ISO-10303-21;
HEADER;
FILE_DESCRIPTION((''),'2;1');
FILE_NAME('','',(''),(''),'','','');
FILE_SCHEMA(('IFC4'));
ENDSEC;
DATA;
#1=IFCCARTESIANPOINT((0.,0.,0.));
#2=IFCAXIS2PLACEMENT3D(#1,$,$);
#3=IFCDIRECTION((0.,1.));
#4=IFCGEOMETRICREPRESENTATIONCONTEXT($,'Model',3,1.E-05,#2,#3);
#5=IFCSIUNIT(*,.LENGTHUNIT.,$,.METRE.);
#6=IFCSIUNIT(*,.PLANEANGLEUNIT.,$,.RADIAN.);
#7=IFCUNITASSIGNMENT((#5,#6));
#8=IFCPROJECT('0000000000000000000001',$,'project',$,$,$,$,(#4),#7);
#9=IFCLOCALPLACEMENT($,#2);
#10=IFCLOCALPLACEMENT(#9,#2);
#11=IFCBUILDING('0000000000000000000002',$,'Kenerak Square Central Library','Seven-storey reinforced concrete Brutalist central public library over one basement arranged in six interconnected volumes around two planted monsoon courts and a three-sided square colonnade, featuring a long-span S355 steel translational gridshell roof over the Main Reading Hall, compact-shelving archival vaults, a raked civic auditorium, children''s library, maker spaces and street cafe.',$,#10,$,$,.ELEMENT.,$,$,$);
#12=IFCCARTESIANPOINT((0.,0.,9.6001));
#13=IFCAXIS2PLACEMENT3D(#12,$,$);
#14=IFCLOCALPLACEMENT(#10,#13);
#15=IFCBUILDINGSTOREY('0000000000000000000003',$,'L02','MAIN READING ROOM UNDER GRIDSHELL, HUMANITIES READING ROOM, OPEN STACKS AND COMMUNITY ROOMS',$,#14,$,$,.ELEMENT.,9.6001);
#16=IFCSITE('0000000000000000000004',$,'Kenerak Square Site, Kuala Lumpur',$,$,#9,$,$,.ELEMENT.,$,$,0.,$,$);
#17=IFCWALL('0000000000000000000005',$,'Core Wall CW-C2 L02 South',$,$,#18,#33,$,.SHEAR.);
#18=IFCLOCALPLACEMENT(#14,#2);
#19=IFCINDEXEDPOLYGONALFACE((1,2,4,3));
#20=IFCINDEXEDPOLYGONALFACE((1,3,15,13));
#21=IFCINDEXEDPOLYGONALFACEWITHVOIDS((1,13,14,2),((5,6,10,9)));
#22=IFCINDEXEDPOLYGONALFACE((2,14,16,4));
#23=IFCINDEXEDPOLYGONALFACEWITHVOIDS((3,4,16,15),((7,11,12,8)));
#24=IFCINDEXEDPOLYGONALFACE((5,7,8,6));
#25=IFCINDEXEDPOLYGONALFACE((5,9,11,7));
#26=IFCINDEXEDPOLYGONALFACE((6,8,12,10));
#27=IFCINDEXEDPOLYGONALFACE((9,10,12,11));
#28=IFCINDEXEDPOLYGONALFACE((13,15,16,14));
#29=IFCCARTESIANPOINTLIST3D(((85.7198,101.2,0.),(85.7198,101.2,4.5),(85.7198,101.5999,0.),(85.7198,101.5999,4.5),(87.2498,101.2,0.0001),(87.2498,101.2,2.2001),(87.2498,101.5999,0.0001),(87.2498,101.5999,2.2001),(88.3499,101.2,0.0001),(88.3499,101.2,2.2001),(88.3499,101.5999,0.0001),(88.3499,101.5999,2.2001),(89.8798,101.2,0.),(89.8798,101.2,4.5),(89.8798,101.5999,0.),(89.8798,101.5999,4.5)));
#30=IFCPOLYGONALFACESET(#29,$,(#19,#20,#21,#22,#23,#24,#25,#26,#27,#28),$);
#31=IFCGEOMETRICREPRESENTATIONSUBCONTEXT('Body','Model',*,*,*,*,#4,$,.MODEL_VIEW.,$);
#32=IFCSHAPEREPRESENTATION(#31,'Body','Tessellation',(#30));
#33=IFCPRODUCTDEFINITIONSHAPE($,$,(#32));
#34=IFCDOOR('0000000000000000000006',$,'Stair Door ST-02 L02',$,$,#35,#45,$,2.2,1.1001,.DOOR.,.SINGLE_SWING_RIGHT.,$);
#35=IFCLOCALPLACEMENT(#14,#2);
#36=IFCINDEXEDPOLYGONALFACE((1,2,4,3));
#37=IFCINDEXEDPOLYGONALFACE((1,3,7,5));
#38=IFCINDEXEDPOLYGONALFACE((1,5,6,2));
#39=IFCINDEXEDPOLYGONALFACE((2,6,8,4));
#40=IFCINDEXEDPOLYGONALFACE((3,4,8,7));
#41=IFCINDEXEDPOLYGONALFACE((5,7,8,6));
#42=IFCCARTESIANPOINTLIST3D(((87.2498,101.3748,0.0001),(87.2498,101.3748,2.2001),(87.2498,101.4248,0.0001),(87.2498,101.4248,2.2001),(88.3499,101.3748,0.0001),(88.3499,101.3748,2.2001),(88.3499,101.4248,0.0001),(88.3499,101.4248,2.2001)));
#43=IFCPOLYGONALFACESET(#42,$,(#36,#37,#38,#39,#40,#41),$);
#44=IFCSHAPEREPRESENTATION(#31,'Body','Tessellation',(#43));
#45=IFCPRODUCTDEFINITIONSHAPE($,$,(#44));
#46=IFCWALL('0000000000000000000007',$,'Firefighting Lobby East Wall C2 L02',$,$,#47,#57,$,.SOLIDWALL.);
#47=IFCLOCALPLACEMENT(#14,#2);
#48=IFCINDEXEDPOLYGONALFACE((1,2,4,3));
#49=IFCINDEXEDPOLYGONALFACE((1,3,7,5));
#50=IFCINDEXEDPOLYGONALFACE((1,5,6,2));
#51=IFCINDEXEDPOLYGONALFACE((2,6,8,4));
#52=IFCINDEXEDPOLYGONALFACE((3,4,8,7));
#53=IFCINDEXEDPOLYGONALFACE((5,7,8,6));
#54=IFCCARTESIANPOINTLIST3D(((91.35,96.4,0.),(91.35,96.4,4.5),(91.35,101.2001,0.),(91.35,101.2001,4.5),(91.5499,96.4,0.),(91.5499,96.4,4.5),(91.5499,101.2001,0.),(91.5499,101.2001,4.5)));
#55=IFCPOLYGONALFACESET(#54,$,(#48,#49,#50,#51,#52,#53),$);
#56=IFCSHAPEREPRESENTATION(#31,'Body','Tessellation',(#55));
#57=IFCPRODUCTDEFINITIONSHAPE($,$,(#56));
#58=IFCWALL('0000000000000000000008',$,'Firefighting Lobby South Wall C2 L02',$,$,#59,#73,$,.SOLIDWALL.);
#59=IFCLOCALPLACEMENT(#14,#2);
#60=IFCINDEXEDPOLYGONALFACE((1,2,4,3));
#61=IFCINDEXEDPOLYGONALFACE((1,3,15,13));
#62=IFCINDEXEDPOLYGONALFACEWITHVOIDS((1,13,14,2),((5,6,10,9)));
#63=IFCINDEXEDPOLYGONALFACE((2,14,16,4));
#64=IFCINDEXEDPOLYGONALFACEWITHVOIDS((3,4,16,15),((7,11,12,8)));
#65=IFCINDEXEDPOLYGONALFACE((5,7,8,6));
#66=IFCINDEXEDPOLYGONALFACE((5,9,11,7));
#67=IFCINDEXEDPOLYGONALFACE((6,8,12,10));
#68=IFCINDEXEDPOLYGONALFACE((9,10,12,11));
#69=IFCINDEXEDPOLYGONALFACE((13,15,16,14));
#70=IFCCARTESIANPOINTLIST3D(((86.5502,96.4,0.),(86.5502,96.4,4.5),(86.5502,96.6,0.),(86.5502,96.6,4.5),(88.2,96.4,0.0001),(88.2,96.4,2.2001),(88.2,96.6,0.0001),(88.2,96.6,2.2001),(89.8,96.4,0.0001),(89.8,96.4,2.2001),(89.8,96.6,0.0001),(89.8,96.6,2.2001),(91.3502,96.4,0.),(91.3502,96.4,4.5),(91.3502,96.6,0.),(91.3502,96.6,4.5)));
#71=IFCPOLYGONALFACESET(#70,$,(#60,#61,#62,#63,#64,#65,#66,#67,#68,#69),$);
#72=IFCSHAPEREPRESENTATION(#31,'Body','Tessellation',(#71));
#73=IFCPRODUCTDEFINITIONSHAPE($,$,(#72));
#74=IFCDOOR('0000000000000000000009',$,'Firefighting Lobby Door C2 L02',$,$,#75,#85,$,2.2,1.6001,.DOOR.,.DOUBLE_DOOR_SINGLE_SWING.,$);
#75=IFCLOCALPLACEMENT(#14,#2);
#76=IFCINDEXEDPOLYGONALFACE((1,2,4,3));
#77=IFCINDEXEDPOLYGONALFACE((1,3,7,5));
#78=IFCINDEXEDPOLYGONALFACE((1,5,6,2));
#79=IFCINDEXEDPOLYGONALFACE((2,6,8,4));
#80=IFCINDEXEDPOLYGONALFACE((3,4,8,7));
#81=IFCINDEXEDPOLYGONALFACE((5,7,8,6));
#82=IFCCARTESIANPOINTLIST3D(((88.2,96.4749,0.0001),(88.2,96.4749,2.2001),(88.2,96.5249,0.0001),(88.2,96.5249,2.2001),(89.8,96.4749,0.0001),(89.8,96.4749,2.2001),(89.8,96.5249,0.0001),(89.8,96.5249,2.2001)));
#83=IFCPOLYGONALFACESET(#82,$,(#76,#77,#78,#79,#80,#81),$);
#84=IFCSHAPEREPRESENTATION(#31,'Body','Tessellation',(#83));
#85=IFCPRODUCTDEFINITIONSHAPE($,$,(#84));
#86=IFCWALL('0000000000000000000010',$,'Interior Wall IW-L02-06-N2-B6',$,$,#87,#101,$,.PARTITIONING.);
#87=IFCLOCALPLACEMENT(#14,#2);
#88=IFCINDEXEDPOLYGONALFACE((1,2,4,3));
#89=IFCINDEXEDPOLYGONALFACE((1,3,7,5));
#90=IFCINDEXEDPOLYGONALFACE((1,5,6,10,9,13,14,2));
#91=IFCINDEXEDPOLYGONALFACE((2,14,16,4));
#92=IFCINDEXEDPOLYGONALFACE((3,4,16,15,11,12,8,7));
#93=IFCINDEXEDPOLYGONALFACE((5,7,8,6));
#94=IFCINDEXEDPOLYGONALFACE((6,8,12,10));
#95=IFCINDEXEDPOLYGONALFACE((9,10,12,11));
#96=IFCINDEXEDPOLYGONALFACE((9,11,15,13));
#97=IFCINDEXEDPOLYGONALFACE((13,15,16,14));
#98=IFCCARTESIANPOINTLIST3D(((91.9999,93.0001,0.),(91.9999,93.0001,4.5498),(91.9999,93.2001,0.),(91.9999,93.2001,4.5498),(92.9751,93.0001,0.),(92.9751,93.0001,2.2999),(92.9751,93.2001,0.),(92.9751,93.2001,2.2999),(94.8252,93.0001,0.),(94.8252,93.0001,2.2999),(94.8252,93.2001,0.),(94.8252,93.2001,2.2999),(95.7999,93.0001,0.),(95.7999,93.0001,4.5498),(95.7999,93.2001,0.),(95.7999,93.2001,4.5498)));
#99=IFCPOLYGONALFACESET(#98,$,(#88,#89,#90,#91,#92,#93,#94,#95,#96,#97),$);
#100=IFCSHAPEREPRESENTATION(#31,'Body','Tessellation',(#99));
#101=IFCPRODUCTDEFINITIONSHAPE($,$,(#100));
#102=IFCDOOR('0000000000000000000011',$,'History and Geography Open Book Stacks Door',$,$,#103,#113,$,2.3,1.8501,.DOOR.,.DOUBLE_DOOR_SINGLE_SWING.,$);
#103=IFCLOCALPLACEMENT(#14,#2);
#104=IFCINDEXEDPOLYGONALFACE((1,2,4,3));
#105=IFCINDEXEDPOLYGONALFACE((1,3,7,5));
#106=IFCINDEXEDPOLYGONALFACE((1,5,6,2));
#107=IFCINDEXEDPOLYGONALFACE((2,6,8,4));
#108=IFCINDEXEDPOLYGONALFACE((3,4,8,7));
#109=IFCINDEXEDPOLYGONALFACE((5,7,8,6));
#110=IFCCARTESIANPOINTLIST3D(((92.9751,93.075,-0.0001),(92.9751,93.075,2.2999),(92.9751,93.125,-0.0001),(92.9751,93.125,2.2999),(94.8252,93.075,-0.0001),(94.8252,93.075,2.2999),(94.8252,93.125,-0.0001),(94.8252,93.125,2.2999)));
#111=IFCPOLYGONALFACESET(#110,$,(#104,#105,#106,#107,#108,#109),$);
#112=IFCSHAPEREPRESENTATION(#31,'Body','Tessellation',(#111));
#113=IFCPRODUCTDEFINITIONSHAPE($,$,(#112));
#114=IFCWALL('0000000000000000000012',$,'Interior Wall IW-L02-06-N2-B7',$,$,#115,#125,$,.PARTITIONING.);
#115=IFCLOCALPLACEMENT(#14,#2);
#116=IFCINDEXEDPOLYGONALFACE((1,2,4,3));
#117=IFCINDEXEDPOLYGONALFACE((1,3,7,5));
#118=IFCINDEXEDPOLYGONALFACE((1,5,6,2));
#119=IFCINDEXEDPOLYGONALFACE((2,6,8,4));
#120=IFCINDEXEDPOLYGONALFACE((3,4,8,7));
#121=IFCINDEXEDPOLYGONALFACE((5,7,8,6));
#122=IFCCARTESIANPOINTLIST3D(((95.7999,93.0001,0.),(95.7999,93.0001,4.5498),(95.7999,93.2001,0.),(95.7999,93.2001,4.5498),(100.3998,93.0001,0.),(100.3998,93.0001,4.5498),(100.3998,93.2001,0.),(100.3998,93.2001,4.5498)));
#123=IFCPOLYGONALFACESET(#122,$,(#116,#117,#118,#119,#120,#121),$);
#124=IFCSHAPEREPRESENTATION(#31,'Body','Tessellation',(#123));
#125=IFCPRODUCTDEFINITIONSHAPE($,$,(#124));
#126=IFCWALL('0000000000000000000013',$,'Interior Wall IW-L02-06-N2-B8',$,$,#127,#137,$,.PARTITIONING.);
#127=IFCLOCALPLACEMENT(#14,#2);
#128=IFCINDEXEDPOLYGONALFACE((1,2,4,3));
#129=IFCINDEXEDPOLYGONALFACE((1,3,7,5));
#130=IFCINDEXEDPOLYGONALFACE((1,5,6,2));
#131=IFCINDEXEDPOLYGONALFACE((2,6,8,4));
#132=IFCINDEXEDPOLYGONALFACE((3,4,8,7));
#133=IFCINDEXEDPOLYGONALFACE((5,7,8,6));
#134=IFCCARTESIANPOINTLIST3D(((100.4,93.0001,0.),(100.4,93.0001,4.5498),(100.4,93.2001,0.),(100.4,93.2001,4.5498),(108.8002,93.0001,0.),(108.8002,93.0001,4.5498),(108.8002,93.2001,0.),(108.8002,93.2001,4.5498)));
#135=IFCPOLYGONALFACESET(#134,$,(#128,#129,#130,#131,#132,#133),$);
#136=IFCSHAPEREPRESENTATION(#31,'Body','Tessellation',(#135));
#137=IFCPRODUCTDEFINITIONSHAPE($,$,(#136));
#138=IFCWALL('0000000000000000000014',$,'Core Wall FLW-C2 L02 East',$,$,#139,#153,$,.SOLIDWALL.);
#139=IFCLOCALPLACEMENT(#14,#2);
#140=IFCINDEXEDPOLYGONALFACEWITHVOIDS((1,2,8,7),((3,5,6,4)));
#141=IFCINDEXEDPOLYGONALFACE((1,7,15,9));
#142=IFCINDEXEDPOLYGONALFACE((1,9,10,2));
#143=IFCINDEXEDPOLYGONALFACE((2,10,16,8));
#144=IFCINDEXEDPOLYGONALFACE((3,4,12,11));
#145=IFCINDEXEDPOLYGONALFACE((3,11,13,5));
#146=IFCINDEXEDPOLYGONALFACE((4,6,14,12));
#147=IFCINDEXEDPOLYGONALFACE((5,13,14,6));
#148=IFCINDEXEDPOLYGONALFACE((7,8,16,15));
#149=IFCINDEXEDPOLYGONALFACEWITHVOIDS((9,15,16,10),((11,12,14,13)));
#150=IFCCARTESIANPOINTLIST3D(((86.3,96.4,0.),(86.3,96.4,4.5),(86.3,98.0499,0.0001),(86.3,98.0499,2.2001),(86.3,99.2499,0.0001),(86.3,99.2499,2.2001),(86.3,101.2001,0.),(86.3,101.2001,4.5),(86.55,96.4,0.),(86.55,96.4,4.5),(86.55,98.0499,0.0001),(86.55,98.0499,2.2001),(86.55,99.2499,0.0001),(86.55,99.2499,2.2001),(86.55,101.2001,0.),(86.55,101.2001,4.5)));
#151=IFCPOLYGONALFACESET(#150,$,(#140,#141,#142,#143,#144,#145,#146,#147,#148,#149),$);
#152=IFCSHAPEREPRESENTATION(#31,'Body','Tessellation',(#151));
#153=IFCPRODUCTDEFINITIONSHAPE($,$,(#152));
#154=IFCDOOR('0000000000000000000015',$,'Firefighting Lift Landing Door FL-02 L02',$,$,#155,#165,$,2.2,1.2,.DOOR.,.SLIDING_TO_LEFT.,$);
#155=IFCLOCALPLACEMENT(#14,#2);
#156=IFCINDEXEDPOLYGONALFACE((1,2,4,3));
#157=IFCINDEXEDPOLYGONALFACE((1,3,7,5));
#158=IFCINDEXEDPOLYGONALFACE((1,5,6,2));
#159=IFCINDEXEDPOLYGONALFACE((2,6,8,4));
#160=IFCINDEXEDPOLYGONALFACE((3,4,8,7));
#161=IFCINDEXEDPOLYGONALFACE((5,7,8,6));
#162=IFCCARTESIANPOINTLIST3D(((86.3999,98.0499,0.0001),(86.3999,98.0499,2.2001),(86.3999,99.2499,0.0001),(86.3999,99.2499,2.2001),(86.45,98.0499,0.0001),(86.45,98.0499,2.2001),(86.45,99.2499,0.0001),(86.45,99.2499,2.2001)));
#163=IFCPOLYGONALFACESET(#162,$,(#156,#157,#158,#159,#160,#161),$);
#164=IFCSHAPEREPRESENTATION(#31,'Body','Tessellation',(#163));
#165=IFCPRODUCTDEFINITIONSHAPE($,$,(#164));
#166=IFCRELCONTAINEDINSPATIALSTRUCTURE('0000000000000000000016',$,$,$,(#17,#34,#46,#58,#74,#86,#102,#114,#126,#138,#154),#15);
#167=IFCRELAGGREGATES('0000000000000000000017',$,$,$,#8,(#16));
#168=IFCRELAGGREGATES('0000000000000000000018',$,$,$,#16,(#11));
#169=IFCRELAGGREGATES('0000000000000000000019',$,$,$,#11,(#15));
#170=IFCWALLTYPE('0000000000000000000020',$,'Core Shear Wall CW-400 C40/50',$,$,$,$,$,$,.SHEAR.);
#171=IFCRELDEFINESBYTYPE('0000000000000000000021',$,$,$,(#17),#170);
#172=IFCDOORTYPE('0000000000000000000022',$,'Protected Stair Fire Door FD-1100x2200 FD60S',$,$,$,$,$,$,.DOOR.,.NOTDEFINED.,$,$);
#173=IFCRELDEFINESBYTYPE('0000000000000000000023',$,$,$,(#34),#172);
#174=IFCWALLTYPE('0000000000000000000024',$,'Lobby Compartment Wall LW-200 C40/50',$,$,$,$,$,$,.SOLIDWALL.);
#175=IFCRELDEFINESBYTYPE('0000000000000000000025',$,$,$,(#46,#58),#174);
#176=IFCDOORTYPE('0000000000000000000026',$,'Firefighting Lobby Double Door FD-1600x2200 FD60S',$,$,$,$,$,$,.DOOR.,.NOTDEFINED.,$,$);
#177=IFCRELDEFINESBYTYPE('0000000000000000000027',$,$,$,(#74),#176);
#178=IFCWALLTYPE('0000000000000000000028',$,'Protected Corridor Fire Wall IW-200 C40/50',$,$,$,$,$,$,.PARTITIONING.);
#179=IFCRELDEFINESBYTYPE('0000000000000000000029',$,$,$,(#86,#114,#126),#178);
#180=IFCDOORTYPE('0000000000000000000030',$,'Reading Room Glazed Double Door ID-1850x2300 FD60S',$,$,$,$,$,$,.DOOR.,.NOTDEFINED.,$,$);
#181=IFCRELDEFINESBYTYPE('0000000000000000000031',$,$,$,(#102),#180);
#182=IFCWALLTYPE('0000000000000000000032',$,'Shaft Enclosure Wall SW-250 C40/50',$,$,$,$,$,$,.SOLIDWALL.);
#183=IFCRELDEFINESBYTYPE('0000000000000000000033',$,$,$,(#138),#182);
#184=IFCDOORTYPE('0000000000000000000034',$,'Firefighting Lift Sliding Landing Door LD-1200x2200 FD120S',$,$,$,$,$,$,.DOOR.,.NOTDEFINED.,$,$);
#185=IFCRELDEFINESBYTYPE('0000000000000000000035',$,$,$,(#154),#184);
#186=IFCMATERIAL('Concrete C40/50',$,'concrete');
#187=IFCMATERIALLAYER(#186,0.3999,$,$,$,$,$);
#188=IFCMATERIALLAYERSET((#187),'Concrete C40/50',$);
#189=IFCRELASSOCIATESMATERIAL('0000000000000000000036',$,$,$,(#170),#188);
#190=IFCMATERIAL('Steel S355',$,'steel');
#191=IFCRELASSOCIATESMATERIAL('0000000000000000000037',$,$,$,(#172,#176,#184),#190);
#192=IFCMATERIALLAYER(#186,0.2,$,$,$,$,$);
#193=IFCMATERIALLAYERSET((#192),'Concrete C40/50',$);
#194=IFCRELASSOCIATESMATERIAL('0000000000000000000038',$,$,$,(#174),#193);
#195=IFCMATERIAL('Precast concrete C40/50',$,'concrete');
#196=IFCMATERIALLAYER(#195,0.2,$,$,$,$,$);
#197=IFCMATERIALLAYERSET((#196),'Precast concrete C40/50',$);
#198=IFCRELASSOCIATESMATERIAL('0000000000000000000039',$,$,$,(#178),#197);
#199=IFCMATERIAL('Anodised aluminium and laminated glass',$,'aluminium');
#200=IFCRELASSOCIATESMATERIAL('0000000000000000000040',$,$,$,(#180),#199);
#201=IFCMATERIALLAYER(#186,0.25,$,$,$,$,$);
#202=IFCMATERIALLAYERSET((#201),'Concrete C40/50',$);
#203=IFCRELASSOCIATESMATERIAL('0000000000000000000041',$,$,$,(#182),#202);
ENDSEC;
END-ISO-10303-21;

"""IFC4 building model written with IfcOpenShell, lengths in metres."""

from ifc_helpers import new_model, si_unit, direction, frame, frame_2d, origin, place, context, subcontext, project, spatial, rectangle, extrude, material, layer, layer_set, type_object, element, fill, save


model = new_model("IFC4")

# Units and contexts
model_context = context("Model", 3, precision=1e-05, world=origin(), true_north=direction((0.0, 1.0)))
body_context = subcontext(model_context, "Body", "Model", "MODEL_VIEW")
ifc_project = project(units=[si_unit("LENGTHUNIT", "METRE"), si_unit("PLANEANGLEUNIT", "RADIAN")], contexts=[model_context])

# Site, building, storey
site_placement = place(None, origin())
site = spatial("IfcSite", under=ifc_project, at=site_placement, Name="Kenerak Square Site, Kuala Lumpur", CompositionType="ELEMENT", RefElevation=0.0)
building_placement = place(site_placement, origin())
building = spatial("IfcBuilding", under=site, at=building_placement, Name="Kenerak Square Central Library", Description="Seven-storey reinforced concrete Brutalist central public library over one basement arranged in six interconnected volumes around two planted monsoon courts and a three-sided square colonnade, featuring a long-span S355 steel translational gridshell roof over the Main Reading Hall, compact-shelving archival vaults, a raked civic auditorium, children's library, maker spaces and street cafe.", CompositionType="ELEMENT")
storey_placement = place(building_placement, frame((0.0, 0.0, 9.6001)))
storey = spatial("IfcBuildingStorey", under=building, at=storey_placement, Name="L02", Description="MAIN READING ROOM UNDER GRIDSHELL, HUMANITIES READING ROOM, OPEN STACKS AND COMMUNITY ROOMS", CompositionType="ELEMENT", Elevation=9.6001)

# Shared definitions
ifc_material_1 = material(Name="Concrete C40/50", Category="concrete")

# Wall, opening, door
ifc_layer_1 = layer(ifc_material_1, 0.3999)
ifc_layer_set_1 = layer_set([ifc_layer_1], Name="Concrete C40/50")
wall_type_1 = type_object("IfcWallType", Name="Core Shear Wall CW-400 C40/50", PredefinedType="SHEAR", material=ifc_layer_set_1)
wall_1_placement = place(storey_placement, frame((89.8799, 101.3999, 0.0), z_axis=(0.0, 0.0, 1.0), x_axis=(-1.0, 0.0, 0.0)))
wall_1 = element("IfcWall", 1, at=wall_1_placement, inside=storey, type_object=wall_type_1, Name="Core Wall CW-C2 L02 South", PredefinedType="SHEAR", context=body_context, shape_type="SweptSolid", body=[
    extrude(rectangle(XDim=4.1599, YDim=0.3999, at=frame_2d((2.0801, 0.0))), origin(), (0.0, 0.0, 1.0), 4.5),
])
opening_1_placement = place(wall_1_placement, frame((1.53, 0.0, 0.0)))
opening_1 = element("IfcOpeningElement", 2, at=opening_1_placement, cuts=wall_1, PredefinedType="OPENING", context=body_context, shape_type="SweptSolid", body=[
    extrude(rectangle(XDim=1.1001, YDim=2.2, at=frame_2d((0.55, 1.1001))), frame((0.0, 0.21, 0.0), z_axis=(0.0, -1.0, 0.0), x_axis=(1.0, 0.0, 0.0)), (0.0, 0.0, 1.0), 0.4199),
])
ifc_material_2 = material(Name="Steel S355", Category="steel")
door_type_1 = type_object("IfcDoorType", Name="Protected Stair Fire Door FD-1100x2200 FD60S", OperationType="NOTDEFINED", PredefinedType="DOOR", material=ifc_material_2)
door_1_placement = place(opening_1_placement, frame((1.1001, 0.0, 0.0), z_axis=(0.0, 0.0, 1.0), x_axis=(-1.0, 0.0, 0.0)))
door_1 = element("IfcDoor", 3, at=door_1_placement, inside=storey, type_object=door_type_1, Name="Stair Door ST-02 L02", OperationType="SINGLE_SWING_RIGHT", OverallHeight=2.2, OverallWidth=1.1001, PredefinedType="DOOR", context=body_context, shape_type="SweptSolid", body=[
    extrude(rectangle(XDim=1.1001, YDim=2.2, at=frame_2d((0.55, 1.1001))), frame((0.0, 0.0249, 0.0), z_axis=(0.0, -1.0, 0.0), x_axis=(1.0, 0.0, 0.0)), (0.0, 0.0, 1.0), 0.05),
])
fill(opening_1, door_1)

# Wall
ifc_layer_2 = layer(ifc_material_1, 0.2)
ifc_layer_set_2 = layer_set([ifc_layer_2], Name="Concrete C40/50")
wall_type_2 = type_object("IfcWallType", Name="Lobby Compartment Wall LW-200 C40/50", PredefinedType="SOLIDWALL", material=ifc_layer_set_2)
wall_2_placement = place(storey_placement, frame((91.45, 101.2, 0.0), z_axis=(0.0, 0.0, 1.0), x_axis=(0.0, -1.0, 0.0)))
element("IfcWall", 4, at=wall_2_placement, inside=storey, type_object=wall_type_2, Name="Firefighting Lobby East Wall C2 L02", PredefinedType="SOLIDWALL", context=body_context, shape_type="SweptSolid", body=[
    extrude(rectangle(XDim=4.8, YDim=0.2, at=frame_2d((2.3999, 0.0))), origin(), (0.0, 0.0, 1.0), 4.5),
])

# Walls, openings, doors
wall_3_placement = place(storey_placement, frame((91.3501, 96.5, 0.0), z_axis=(0.0, 0.0, 1.0), x_axis=(-1.0, 0.0, 0.0)))
wall_3 = element("IfcWall", 5, at=wall_3_placement, inside=storey, type_object=wall_type_2, Name="Firefighting Lobby South Wall C2 L02", PredefinedType="SOLIDWALL", context=body_context, shape_type="SweptSolid", body=[
    extrude(rectangle(XDim=4.8, YDim=0.2, at=frame_2d((2.3999, 0.0))), origin(), (0.0, 0.0, 1.0), 4.5),
])
opening_2_placement = place(wall_3_placement, frame((1.55, 0.0, 0.0)))
opening_2 = element("IfcOpeningElement", 6, at=opening_2_placement, cuts=wall_3, PredefinedType="OPENING", context=body_context, shape_type="SweptSolid", body=[
    extrude(rectangle(XDim=1.6001, YDim=2.2, at=frame_2d((0.8, 1.1001))), frame((0.0, 0.1099, 0.0), z_axis=(0.0, -1.0, 0.0), x_axis=(1.0, 0.0, 0.0)), (0.0, 0.0, 1.0), 0.22),
])
door_type_2 = type_object("IfcDoorType", Name="Firefighting Lobby Double Door FD-1600x2200 FD60S", OperationType="NOTDEFINED", PredefinedType="DOOR", material=ifc_material_2)
door_2_placement = place(opening_2_placement, frame((1.6001, 0.0, 0.0), z_axis=(0.0, 0.0, 1.0), x_axis=(-1.0, 0.0, 0.0)))
door_2 = element("IfcDoor", 7, at=door_2_placement, inside=storey, type_object=door_type_2, Name="Firefighting Lobby Door C2 L02", OperationType="DOUBLE_DOOR_SINGLE_SWING", OverallHeight=2.2, OverallWidth=1.6001, PredefinedType="DOOR", context=body_context, shape_type="SweptSolid", body=[
    extrude(rectangle(XDim=1.6001, YDim=2.2, at=frame_2d((0.8, 1.1001))), frame((0.0, 0.0249, 0.0), z_axis=(0.0, -1.0, 0.0), x_axis=(1.0, 0.0, 0.0)), (0.0, 0.0, 1.0), 0.05),
])
fill(opening_2, door_2)
ifc_material_3 = material(Name="Precast concrete C40/50", Category="concrete")
ifc_layer_3 = layer(ifc_material_3, 0.2)
ifc_layer_set_3 = layer_set([ifc_layer_3], Name="Precast concrete C40/50")
wall_type_3 = type_object("IfcWallType", Name="Protected Corridor Fire Wall IW-200 C40/50", PredefinedType="PARTITIONING", material=ifc_layer_set_3)
wall_4_placement = place(storey_placement, frame((92.0, 93.1001, 0.0), z_axis=(0.0, 0.0, 1.0), x_axis=(1.0, 0.0, 0.0)))
wall_4 = element("IfcWall", 8, at=wall_4_placement, inside=storey, type_object=wall_type_3, Name="Interior Wall IW-L02-06-N2-B6", PredefinedType="PARTITIONING", context=body_context, shape_type="SweptSolid", body=[
    extrude(rectangle(XDim=3.8, YDim=0.2, at=frame_2d((1.8999, 0.0))), origin(), (0.0, 0.0, 1.0), 4.5498),
])
opening_3_placement = place(wall_4_placement, frame((0.9751, 0.0, 0.0)))
opening_3 = element("IfcOpeningElement", 9, at=opening_3_placement, cuts=wall_4, PredefinedType="OPENING", context=body_context, shape_type="SweptSolid", body=[
    extrude(rectangle(XDim=1.8501, YDim=2.3, at=frame_2d((0.925, 1.1499))), frame((0.0, 0.1099, 0.0), z_axis=(0.0, -1.0, 0.0), x_axis=(1.0, 0.0, 0.0)), (0.0, 0.0, 1.0), 0.22),
])
ifc_material_4 = material(Name="Anodised aluminium and laminated glass", Category="aluminium")
door_type_3 = type_object("IfcDoorType", Name="Reading Room Glazed Double Door ID-1850x2300 FD60S", OperationType="NOTDEFINED", PredefinedType="DOOR", material=ifc_material_4)
door_3_placement = place(opening_3_placement, origin())
door_3 = element("IfcDoor", 10, at=door_3_placement, inside=storey, type_object=door_type_3, Name="History and Geography Open Book Stacks Door", OperationType="DOUBLE_DOOR_SINGLE_SWING", OverallHeight=2.3, OverallWidth=1.8501, PredefinedType="DOOR", context=body_context, shape_type="SweptSolid", body=[
    extrude(rectangle(XDim=1.8501, YDim=2.3, at=frame_2d((0.925, 1.1499))), frame((0.0, 0.0249, 0.0), z_axis=(0.0, -1.0, 0.0), x_axis=(1.0, 0.0, 0.0)), (0.0, 0.0, 1.0), 0.05),
])
fill(opening_3, door_3)

# Walls
wall_5_placement = place(storey_placement, frame((95.8, 93.1001, 0.0), z_axis=(0.0, 0.0, 1.0), x_axis=(1.0, 0.0, 0.0)))
element("IfcWall", 11, at=wall_5_placement, inside=storey, type_object=wall_type_3, Name="Interior Wall IW-L02-06-N2-B7", PredefinedType="PARTITIONING", context=body_context, shape_type="SweptSolid", body=[
    extrude(rectangle(XDim=4.5999, YDim=0.2, at=frame_2d((2.2998, 0.0))), origin(), (0.0, 0.0, 1.0), 4.5498),
])
wall_6_placement = place(storey_placement, frame((100.3999, 93.1001, 0.0), z_axis=(0.0, 0.0, 1.0), x_axis=(1.0, 0.0, 0.0)))
element("IfcWall", 12, at=wall_6_placement, inside=storey, type_object=wall_type_3, Name="Interior Wall IW-L02-06-N2-B8", PredefinedType="PARTITIONING", context=body_context, shape_type="SweptSolid", body=[
    extrude(rectangle(XDim=8.4001, YDim=0.2, at=frame_2d((4.2002, 0.0))), origin(), (0.0, 0.0, 1.0), 4.5498),
])

# Wall, opening, door
ifc_layer_4 = layer(ifc_material_1, 0.25)
ifc_layer_set_4 = layer_set([ifc_layer_4], Name="Concrete C40/50")
wall_type_4 = type_object("IfcWallType", Name="Shaft Enclosure Wall SW-250 C40/50", PredefinedType="SOLIDWALL", material=ifc_layer_set_4)
wall_7_placement = place(storey_placement, frame((86.425, 101.2, 0.0), z_axis=(0.0, 0.0, 1.0), x_axis=(0.0, -1.0, 0.0)))
wall_7 = element("IfcWall", 13, at=wall_7_placement, inside=storey, type_object=wall_type_4, Name="Core Wall FLW-C2 L02 East", PredefinedType="SOLIDWALL", context=body_context, shape_type="SweptSolid", body=[
    extrude(rectangle(XDim=4.8, YDim=0.25, at=frame_2d((2.3999, 0.0))), origin(), (0.0, 0.0, 1.0), 4.5),
])
opening_4_placement = place(wall_7_placement, frame((1.95, 0.0, 0.0)))
opening_4 = element("IfcOpeningElement", 14, at=opening_4_placement, cuts=wall_7, PredefinedType="OPENING", context=body_context, shape_type="SweptSolid", body=[
    extrude(rectangle(XDim=1.2, YDim=2.2, at=frame_2d((0.6001, 1.1001))), frame((0.0, 0.135, 0.0), z_axis=(0.0, -1.0, 0.0), x_axis=(1.0, 0.0, 0.0)), (0.0, 0.0, 1.0), 0.27),
])
door_type_4 = type_object("IfcDoorType", Name="Firefighting Lift Sliding Landing Door LD-1200x2200 FD120S", OperationType="NOTDEFINED", PredefinedType="DOOR", material=ifc_material_2)
door_4_placement = place(opening_4_placement, origin())
door_4 = element("IfcDoor", 15, at=door_4_placement, inside=storey, type_object=door_type_4, Name="Firefighting Lift Landing Door FL-02 L02", OperationType="SLIDING_TO_LEFT", OverallHeight=2.2, OverallWidth=1.2, PredefinedType="DOOR", context=body_context, shape_type="SweptSolid", body=[
    extrude(rectangle(XDim=1.2, YDim=2.2, at=frame_2d((0.6001, 1.1001))), frame((0.0, 0.0249, 0.0), z_axis=(0.0, -1.0, 0.0), x_axis=(1.0, 0.0, 0.0)), (0.0, 0.0, 1.0), 0.05),
])
fill(opening_4, door_4)

save(model, "model.ifc")
